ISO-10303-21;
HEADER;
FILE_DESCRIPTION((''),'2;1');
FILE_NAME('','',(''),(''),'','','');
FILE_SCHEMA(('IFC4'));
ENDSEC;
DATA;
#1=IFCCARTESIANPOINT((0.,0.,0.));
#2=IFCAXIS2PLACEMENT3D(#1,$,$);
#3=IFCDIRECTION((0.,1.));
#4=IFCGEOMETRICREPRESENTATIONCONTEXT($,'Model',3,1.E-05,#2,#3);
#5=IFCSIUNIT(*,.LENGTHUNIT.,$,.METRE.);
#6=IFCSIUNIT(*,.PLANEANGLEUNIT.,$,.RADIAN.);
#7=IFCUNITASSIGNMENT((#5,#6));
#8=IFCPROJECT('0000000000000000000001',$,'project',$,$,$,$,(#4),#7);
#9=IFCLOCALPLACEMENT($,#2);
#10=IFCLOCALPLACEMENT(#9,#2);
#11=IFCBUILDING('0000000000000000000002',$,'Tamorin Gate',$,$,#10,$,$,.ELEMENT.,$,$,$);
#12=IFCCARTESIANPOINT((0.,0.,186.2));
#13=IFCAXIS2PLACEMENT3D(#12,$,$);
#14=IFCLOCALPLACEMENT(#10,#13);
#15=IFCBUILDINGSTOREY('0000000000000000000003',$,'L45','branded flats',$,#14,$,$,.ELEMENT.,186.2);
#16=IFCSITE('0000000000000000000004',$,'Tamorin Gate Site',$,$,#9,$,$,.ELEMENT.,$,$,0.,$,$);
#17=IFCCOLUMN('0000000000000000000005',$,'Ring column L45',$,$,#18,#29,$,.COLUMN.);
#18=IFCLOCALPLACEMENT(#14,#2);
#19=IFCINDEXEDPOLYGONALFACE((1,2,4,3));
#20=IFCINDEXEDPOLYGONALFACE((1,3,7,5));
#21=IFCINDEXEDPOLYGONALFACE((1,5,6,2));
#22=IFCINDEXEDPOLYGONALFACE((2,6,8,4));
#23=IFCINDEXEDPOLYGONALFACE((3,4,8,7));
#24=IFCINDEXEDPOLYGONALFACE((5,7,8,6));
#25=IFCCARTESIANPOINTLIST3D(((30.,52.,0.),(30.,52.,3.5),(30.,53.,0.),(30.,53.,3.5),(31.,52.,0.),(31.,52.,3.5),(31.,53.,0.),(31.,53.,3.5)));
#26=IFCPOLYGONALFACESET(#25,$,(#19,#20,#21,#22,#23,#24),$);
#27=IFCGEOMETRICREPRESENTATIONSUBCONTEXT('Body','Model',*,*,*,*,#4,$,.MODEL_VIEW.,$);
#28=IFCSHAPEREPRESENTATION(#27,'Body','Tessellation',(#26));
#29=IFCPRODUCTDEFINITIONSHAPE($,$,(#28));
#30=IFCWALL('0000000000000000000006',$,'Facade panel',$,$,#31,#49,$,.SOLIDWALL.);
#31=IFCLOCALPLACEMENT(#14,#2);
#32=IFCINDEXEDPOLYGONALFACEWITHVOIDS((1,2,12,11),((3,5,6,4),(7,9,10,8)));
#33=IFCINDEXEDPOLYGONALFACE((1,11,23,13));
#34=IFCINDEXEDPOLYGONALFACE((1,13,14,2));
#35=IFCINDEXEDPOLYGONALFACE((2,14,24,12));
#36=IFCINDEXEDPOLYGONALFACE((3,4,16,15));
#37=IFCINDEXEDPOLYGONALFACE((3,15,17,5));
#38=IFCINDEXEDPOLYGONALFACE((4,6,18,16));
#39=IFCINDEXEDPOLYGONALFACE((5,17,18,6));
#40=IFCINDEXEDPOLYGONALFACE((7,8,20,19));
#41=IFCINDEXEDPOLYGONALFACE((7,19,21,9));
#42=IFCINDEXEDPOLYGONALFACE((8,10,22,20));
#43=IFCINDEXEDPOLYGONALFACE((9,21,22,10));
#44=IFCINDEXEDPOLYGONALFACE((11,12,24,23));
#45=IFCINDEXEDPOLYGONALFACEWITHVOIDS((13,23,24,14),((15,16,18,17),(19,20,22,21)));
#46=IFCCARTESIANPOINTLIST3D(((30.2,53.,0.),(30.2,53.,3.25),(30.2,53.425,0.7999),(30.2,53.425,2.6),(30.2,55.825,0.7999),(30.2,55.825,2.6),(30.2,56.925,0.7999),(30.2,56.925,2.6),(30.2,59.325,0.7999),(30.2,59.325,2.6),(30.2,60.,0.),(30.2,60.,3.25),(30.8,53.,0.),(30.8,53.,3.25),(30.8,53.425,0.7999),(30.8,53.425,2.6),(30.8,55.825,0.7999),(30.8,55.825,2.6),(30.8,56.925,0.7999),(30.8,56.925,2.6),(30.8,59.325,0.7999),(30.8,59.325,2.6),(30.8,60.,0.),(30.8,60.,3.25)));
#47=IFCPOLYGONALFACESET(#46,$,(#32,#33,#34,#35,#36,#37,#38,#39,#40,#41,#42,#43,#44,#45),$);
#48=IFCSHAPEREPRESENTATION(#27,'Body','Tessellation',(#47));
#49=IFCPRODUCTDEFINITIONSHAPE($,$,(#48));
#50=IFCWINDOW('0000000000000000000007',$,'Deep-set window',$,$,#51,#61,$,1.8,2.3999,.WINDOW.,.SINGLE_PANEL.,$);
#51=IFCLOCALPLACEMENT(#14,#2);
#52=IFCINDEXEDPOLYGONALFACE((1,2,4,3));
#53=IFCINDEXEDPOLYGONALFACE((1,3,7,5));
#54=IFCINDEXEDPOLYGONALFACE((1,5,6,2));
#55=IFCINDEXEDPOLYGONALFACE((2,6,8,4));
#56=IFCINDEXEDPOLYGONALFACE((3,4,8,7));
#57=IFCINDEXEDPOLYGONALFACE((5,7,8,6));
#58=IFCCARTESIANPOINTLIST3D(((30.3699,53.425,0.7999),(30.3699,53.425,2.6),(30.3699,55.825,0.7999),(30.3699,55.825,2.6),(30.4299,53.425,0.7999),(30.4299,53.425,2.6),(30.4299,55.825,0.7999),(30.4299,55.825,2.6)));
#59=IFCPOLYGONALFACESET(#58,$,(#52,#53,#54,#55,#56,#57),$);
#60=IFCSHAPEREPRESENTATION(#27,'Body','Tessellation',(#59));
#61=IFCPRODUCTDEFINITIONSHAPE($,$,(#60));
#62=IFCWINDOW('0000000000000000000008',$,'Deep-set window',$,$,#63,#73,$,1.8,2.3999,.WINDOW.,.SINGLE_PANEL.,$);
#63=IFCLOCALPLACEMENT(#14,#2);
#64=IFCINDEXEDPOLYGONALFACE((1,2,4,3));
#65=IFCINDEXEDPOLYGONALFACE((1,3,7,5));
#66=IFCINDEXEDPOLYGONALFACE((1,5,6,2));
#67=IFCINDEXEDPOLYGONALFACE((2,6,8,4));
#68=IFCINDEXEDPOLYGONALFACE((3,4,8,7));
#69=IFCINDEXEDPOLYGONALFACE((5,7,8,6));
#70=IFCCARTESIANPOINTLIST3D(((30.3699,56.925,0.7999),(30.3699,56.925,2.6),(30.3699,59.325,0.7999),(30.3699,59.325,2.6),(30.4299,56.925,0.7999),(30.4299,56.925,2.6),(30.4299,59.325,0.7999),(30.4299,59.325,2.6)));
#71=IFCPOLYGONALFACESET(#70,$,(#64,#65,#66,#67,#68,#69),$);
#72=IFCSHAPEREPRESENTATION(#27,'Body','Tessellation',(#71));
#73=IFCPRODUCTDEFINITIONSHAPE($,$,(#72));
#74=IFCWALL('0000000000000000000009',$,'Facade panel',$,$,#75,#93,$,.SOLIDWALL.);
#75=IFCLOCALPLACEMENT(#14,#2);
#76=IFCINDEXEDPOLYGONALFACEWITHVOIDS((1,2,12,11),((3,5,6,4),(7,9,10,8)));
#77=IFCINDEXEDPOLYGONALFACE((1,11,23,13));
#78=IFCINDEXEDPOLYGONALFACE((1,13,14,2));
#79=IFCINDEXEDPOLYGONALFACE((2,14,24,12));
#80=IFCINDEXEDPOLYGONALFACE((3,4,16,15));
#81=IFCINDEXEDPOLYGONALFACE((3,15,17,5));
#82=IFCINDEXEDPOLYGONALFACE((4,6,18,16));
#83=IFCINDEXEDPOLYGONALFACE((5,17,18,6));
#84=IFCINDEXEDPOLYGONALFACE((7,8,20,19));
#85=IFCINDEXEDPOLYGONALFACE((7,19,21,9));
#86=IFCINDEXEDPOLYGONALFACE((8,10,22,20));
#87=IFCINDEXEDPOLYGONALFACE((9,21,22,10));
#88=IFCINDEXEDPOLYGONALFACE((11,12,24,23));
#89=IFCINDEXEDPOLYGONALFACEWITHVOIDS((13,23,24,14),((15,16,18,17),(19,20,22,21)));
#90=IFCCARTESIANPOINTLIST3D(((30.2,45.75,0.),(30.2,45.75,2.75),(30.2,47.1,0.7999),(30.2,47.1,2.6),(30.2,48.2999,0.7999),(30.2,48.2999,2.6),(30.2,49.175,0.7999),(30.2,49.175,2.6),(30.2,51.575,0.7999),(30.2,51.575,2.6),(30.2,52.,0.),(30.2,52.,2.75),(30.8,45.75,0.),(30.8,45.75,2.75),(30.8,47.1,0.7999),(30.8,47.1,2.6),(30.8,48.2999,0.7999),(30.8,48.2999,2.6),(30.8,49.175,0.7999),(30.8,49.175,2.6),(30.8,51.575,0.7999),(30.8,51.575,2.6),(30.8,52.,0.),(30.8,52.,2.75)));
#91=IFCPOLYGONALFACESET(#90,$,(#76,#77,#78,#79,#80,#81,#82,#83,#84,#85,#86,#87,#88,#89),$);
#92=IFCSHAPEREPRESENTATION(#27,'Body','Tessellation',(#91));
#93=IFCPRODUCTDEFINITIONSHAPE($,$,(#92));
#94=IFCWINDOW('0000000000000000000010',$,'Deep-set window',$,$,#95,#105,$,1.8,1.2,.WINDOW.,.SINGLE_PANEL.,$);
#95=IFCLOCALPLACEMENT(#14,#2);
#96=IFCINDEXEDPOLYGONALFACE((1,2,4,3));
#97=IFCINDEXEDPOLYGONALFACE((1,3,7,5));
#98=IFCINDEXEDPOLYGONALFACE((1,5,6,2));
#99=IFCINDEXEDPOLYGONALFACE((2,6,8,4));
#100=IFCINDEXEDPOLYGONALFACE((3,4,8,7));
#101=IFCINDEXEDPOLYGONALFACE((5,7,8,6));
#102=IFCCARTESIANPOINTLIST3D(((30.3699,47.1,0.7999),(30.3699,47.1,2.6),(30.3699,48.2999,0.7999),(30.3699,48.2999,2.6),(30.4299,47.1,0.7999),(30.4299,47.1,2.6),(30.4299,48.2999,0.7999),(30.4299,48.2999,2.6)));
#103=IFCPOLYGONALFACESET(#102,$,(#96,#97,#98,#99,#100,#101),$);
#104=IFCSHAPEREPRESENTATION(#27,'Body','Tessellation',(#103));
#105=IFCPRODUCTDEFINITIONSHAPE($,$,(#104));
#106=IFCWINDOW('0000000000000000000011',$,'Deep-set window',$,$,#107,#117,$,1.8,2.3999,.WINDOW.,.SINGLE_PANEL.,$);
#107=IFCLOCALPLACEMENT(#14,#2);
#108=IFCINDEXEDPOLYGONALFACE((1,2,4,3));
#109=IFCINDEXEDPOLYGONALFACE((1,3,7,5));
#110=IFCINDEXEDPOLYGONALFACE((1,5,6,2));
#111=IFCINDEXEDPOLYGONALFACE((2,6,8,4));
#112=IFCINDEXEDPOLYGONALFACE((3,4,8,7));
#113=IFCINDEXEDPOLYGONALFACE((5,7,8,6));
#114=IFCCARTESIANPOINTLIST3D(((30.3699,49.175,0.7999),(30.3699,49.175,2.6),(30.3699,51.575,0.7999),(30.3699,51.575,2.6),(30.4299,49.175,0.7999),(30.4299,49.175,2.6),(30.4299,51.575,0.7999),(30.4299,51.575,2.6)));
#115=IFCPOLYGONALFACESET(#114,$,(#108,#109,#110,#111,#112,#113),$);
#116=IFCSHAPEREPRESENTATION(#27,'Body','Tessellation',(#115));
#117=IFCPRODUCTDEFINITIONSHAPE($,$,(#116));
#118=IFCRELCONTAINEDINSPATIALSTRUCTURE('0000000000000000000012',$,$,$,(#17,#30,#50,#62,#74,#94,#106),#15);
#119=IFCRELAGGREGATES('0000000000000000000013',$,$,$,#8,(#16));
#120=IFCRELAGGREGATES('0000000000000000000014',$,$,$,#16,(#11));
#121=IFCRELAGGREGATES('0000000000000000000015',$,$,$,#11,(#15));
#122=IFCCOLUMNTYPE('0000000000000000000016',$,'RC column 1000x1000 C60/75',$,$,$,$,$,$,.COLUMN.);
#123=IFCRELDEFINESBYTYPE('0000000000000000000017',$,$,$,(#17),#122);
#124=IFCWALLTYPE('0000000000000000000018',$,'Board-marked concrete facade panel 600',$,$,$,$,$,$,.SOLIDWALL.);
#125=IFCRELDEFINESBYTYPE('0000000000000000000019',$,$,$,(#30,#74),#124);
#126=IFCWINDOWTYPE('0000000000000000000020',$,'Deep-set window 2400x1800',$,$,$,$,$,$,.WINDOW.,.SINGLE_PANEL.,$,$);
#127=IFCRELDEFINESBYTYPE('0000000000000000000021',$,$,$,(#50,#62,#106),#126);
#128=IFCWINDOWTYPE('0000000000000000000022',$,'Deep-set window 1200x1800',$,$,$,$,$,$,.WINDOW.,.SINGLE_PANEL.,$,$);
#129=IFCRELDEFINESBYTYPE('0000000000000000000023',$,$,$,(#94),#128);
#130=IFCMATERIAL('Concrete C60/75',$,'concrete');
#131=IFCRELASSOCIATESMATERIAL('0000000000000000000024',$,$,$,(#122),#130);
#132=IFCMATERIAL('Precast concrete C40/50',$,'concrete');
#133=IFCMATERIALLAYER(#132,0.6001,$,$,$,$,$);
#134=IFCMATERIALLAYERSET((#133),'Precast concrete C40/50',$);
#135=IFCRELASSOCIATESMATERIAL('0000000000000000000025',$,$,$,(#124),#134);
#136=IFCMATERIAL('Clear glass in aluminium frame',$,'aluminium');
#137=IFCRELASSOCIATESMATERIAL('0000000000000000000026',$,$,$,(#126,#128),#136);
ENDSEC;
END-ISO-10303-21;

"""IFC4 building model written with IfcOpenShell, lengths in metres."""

from ifc_helpers import new_model, si_unit, direction, frame, frame_2d, origin, origin_2d, place, context, subcontext, project, spatial, rectangle, extrude, material, layer, layer_set, material_profile, profile_set, type_object, element, fill, save


model = new_model("IFC4")

# Units and contexts
model_context = context("Model", 3, precision=1e-05, world=origin(), true_north=direction((0.0, 1.0)))
body_context = subcontext(model_context, "Body", "Model", "MODEL_VIEW")
ifc_project = project(units=[si_unit("LENGTHUNIT", "METRE"), si_unit("PLANEANGLEUNIT", "RADIAN")], contexts=[model_context])

# Site, building, storey
site_placement = place(None, origin())
site = spatial("IfcSite", under=ifc_project, at=site_placement, Name="Tamorin Gate Site", CompositionType="ELEMENT", RefElevation=0.0)
building_placement = place(site_placement, origin())
building = spatial("IfcBuilding", under=site, at=building_placement, Name="Tamorin Gate", CompositionType="ELEMENT")
storey_placement = place(building_placement, frame((0.0, 0.0, 186.2)))
storey = spatial("IfcBuildingStorey", under=building, at=storey_placement, Name="L45", Description="branded flats", CompositionType="ELEMENT", Elevation=186.2)

# Column
ifc_material_1 = material(Name="Concrete C60/75", Category="concrete")
ifc_material_profile = material_profile(ifc_material_1, rectangle(XDim=1.0, YDim=1.0, at=origin_2d()), Name="RC 1000x1000")
ifc_profile_set = profile_set([ifc_material_profile], Name="Concrete C60/75")
column_type = type_object("IfcColumnType", Name="RC column 1000x1000 C60/75", PredefinedType="COLUMN", material=ifc_profile_set)
column_placement = place(storey_placement, frame((30.5, 52.5, 0.0), z_axis=(0.0, 0.0, 1.0), x_axis=(1.0, 0.0, 0.0)))
element("IfcColumn", 1, at=column_placement, inside=storey, type_object=column_type, Name="Ring column L45", PredefinedType="COLUMN", context=body_context, shape_type="SweptSolid", body=[
    extrude(rectangle(XDim=1.0, YDim=1.0, at=origin_2d()), origin(), (0.0, 0.0, 1.0), 3.5),
])

# Walls, openings, windows
ifc_material_2 = material(Name="Precast concrete C40/50", Category="concrete")
ifc_layer_1 = layer(ifc_material_2, 0.6001)
ifc_layer_set_1 = layer_set([ifc_layer_1], Name="Precast concrete C40/50")
wall_type_1 = type_object("IfcWallType", Name="Board-marked concrete facade panel 600", PredefinedType="SOLIDWALL", material=ifc_layer_set_1)
wall_1_placement = place(storey_placement, frame((30.5, 60.0, 0.0), z_axis=(0.0, 0.0, 1.0), x_axis=(0.0, -1.0, 0.0)))
wall_1 = element("IfcWall", 2, at=wall_1_placement, inside=storey, type_object=wall_type_1, Name="Facade panel", PredefinedType="SOLIDWALL", context=body_context, shape_type="SweptSolid", body=[
    extrude(rectangle(XDim=7.0, YDim=0.6001, at=frame_2d((3.5, 0.0))), origin(), (0.0, 0.0, 1.0), 3.25),
])
opening_1_placement = place(wall_1_placement, frame((4.175, 0.0, 0.8)))
opening_1 = element("IfcOpeningElement", 3, at=opening_1_placement, cuts=wall_1, PredefinedType="OPENING", context=body_context, shape_type="SweptSolid", body=[
    extrude(rectangle(XDim=2.3999, YDim=1.8, at=frame_2d((1.2, 0.8999))), frame((0.0, 0.3101, 0.0), z_axis=(0.0, -1.0, 0.0), x_axis=(1.0, 0.0, 0.0)), (0.0, 0.0, 1.0), 0.6201),
])
opening_2_placement = place(wall_1_placement, frame((0.675, 0.0, 0.8)))
opening_2 = element("IfcOpeningElement", 4, at=opening_2_placement, cuts=wall_1, PredefinedType="OPENING", context=body_context, shape_type="SweptSolid", body=[
    extrude(rectangle(XDim=2.3999, YDim=1.8, at=frame_2d((1.2, 0.8999))), frame((0.0, 0.3101, 0.0), z_axis=(0.0, -1.0, 0.0), x_axis=(1.0, 0.0, 0.0)), (0.0, 0.0, 1.0), 0.6201),
])
ifc_material_3 = material(Name="Clear glass in aluminium frame", Category="aluminium")
window_type_1 = type_object("IfcWindowType", Name="Deep-set window 2400x1800", PartitioningType="SINGLE_PANEL", PredefinedType="WINDOW", material=ifc_material_3)
window_1_placement = place(opening_1_placement, origin())
window_1 = element("IfcWindow", 5, at=window_1_placement, inside=storey, type_object=window_type_1, Name="Deep-set window", OverallHeight=1.8, OverallWidth=2.3999, PartitioningType="SINGLE_PANEL", PredefinedType="WINDOW", context=body_context, shape_type="SweptSolid", body=[
    extrude(rectangle(XDim=2.3999, YDim=1.8, at=frame_2d((1.2, 0.8999))), frame((0.0, -0.0701, 0.0), z_axis=(0.0, -1.0, 0.0), x_axis=(1.0, 0.0, 0.0)), (0.0, 0.0, 1.0), 0.0601),
])
fill(opening_1, window_1)
window_2_placement = place(opening_2_placement, origin())
window_2 = element("IfcWindow", 6, at=window_2_placement, inside=storey, type_object=window_type_1, Name="Deep-set window", OverallHeight=1.8, OverallWidth=2.3999, PartitioningType="SINGLE_PANEL", PredefinedType="WINDOW", context=body_context, shape_type="SweptSolid", body=[
    extrude(rectangle(XDim=2.3999, YDim=1.8, at=frame_2d((1.2, 0.8999))), frame((0.0, -0.0701, 0.0), z_axis=(0.0, -1.0, 0.0), x_axis=(1.0, 0.0, 0.0)), (0.0, 0.0, 1.0), 0.0601),
])
fill(opening_2, window_2)
wall_2_placement = place(storey_placement, frame((30.5, 52.0, 0.0), z_axis=(0.0, 0.0, 1.0), x_axis=(0.0, -1.0, 0.0)))
wall_2 = element("IfcWall", 7, at=wall_2_placement, inside=storey, type_object=wall_type_1, Name="Facade panel", PredefinedType="SOLIDWALL", context=body_context, shape_type="SweptSolid", body=[
    extrude(rectangle(XDim=6.25, YDim=0.6001, at=frame_2d((3.125, 0.0))), origin(), (0.0, 0.0, 1.0), 2.75),
])
opening_3_placement = place(wall_2_placement, frame((3.7, 0.0, 0.8)))
opening_3 = element("IfcOpeningElement", 8, at=opening_3_placement, cuts=wall_2, PredefinedType="OPENING", context=body_context, shape_type="SweptSolid", body=[
    extrude(rectangle(XDim=1.2, YDim=1.8, at=frame_2d((0.6001, 0.8999))), frame((0.0, 0.3101, 0.0), z_axis=(0.0, -1.0, 0.0), x_axis=(1.0, 0.0, 0.0)), (0.0, 0.0, 1.0), 0.6201),
])
opening_4_placement = place(wall_2_placement, frame((0.425, 0.0, 0.8)))
opening_4 = element("IfcOpeningElement", 9, at=opening_4_placement, cuts=wall_2, PredefinedType="OPENING", context=body_context, shape_type="SweptSolid", body=[
    extrude(rectangle(XDim=2.3999, YDim=1.8, at=frame_2d((1.2, 0.8999))), frame((0.0, 0.3101, 0.0), z_axis=(0.0, -1.0, 0.0), x_axis=(1.0, 0.0, 0.0)), (0.0, 0.0, 1.0), 0.6201),
])
window_type_2 = type_object("IfcWindowType", Name="Deep-set window 1200x1800", PartitioningType="SINGLE_PANEL", PredefinedType="WINDOW", material=ifc_material_3)
window_3_placement = place(opening_3_placement, origin())
window_3 = element("IfcWindow", 10, at=window_3_placement, inside=storey, type_object=window_type_2, Name="Deep-set window", OverallHeight=1.8, OverallWidth=1.2, PartitioningType="SINGLE_PANEL", PredefinedType="WINDOW", context=body_context, shape_type="SweptSolid", body=[
    extrude(rectangle(XDim=1.2, YDim=1.8, at=frame_2d((0.6001, 0.8999))), frame((0.0, -0.0701, 0.0), z_axis=(0.0, -1.0, 0.0), x_axis=(1.0, 0.0, 0.0)), (0.0, 0.0, 1.0), 0.0601),
])
fill(opening_3, window_3)
window_4_placement = place(opening_4_placement, origin())
window_4 = element("IfcWindow", 11, at=window_4_placement, inside=storey, type_object=window_type_1, Name="Deep-set window", OverallHeight=1.8, OverallWidth=2.3999, PartitioningType="SINGLE_PANEL", PredefinedType="WINDOW", context=body_context, shape_type="SweptSolid", body=[
    extrude(rectangle(XDim=2.3999, YDim=1.8, at=frame_2d((1.2, 0.8999))), frame((0.0, -0.0701, 0.0), z_axis=(0.0, -1.0, 0.0), x_axis=(1.0, 0.0, 0.0)), (0.0, 0.0, 1.0), 0.0601),
])
fill(opening_4, window_4)

save(model, "model.ifc")
